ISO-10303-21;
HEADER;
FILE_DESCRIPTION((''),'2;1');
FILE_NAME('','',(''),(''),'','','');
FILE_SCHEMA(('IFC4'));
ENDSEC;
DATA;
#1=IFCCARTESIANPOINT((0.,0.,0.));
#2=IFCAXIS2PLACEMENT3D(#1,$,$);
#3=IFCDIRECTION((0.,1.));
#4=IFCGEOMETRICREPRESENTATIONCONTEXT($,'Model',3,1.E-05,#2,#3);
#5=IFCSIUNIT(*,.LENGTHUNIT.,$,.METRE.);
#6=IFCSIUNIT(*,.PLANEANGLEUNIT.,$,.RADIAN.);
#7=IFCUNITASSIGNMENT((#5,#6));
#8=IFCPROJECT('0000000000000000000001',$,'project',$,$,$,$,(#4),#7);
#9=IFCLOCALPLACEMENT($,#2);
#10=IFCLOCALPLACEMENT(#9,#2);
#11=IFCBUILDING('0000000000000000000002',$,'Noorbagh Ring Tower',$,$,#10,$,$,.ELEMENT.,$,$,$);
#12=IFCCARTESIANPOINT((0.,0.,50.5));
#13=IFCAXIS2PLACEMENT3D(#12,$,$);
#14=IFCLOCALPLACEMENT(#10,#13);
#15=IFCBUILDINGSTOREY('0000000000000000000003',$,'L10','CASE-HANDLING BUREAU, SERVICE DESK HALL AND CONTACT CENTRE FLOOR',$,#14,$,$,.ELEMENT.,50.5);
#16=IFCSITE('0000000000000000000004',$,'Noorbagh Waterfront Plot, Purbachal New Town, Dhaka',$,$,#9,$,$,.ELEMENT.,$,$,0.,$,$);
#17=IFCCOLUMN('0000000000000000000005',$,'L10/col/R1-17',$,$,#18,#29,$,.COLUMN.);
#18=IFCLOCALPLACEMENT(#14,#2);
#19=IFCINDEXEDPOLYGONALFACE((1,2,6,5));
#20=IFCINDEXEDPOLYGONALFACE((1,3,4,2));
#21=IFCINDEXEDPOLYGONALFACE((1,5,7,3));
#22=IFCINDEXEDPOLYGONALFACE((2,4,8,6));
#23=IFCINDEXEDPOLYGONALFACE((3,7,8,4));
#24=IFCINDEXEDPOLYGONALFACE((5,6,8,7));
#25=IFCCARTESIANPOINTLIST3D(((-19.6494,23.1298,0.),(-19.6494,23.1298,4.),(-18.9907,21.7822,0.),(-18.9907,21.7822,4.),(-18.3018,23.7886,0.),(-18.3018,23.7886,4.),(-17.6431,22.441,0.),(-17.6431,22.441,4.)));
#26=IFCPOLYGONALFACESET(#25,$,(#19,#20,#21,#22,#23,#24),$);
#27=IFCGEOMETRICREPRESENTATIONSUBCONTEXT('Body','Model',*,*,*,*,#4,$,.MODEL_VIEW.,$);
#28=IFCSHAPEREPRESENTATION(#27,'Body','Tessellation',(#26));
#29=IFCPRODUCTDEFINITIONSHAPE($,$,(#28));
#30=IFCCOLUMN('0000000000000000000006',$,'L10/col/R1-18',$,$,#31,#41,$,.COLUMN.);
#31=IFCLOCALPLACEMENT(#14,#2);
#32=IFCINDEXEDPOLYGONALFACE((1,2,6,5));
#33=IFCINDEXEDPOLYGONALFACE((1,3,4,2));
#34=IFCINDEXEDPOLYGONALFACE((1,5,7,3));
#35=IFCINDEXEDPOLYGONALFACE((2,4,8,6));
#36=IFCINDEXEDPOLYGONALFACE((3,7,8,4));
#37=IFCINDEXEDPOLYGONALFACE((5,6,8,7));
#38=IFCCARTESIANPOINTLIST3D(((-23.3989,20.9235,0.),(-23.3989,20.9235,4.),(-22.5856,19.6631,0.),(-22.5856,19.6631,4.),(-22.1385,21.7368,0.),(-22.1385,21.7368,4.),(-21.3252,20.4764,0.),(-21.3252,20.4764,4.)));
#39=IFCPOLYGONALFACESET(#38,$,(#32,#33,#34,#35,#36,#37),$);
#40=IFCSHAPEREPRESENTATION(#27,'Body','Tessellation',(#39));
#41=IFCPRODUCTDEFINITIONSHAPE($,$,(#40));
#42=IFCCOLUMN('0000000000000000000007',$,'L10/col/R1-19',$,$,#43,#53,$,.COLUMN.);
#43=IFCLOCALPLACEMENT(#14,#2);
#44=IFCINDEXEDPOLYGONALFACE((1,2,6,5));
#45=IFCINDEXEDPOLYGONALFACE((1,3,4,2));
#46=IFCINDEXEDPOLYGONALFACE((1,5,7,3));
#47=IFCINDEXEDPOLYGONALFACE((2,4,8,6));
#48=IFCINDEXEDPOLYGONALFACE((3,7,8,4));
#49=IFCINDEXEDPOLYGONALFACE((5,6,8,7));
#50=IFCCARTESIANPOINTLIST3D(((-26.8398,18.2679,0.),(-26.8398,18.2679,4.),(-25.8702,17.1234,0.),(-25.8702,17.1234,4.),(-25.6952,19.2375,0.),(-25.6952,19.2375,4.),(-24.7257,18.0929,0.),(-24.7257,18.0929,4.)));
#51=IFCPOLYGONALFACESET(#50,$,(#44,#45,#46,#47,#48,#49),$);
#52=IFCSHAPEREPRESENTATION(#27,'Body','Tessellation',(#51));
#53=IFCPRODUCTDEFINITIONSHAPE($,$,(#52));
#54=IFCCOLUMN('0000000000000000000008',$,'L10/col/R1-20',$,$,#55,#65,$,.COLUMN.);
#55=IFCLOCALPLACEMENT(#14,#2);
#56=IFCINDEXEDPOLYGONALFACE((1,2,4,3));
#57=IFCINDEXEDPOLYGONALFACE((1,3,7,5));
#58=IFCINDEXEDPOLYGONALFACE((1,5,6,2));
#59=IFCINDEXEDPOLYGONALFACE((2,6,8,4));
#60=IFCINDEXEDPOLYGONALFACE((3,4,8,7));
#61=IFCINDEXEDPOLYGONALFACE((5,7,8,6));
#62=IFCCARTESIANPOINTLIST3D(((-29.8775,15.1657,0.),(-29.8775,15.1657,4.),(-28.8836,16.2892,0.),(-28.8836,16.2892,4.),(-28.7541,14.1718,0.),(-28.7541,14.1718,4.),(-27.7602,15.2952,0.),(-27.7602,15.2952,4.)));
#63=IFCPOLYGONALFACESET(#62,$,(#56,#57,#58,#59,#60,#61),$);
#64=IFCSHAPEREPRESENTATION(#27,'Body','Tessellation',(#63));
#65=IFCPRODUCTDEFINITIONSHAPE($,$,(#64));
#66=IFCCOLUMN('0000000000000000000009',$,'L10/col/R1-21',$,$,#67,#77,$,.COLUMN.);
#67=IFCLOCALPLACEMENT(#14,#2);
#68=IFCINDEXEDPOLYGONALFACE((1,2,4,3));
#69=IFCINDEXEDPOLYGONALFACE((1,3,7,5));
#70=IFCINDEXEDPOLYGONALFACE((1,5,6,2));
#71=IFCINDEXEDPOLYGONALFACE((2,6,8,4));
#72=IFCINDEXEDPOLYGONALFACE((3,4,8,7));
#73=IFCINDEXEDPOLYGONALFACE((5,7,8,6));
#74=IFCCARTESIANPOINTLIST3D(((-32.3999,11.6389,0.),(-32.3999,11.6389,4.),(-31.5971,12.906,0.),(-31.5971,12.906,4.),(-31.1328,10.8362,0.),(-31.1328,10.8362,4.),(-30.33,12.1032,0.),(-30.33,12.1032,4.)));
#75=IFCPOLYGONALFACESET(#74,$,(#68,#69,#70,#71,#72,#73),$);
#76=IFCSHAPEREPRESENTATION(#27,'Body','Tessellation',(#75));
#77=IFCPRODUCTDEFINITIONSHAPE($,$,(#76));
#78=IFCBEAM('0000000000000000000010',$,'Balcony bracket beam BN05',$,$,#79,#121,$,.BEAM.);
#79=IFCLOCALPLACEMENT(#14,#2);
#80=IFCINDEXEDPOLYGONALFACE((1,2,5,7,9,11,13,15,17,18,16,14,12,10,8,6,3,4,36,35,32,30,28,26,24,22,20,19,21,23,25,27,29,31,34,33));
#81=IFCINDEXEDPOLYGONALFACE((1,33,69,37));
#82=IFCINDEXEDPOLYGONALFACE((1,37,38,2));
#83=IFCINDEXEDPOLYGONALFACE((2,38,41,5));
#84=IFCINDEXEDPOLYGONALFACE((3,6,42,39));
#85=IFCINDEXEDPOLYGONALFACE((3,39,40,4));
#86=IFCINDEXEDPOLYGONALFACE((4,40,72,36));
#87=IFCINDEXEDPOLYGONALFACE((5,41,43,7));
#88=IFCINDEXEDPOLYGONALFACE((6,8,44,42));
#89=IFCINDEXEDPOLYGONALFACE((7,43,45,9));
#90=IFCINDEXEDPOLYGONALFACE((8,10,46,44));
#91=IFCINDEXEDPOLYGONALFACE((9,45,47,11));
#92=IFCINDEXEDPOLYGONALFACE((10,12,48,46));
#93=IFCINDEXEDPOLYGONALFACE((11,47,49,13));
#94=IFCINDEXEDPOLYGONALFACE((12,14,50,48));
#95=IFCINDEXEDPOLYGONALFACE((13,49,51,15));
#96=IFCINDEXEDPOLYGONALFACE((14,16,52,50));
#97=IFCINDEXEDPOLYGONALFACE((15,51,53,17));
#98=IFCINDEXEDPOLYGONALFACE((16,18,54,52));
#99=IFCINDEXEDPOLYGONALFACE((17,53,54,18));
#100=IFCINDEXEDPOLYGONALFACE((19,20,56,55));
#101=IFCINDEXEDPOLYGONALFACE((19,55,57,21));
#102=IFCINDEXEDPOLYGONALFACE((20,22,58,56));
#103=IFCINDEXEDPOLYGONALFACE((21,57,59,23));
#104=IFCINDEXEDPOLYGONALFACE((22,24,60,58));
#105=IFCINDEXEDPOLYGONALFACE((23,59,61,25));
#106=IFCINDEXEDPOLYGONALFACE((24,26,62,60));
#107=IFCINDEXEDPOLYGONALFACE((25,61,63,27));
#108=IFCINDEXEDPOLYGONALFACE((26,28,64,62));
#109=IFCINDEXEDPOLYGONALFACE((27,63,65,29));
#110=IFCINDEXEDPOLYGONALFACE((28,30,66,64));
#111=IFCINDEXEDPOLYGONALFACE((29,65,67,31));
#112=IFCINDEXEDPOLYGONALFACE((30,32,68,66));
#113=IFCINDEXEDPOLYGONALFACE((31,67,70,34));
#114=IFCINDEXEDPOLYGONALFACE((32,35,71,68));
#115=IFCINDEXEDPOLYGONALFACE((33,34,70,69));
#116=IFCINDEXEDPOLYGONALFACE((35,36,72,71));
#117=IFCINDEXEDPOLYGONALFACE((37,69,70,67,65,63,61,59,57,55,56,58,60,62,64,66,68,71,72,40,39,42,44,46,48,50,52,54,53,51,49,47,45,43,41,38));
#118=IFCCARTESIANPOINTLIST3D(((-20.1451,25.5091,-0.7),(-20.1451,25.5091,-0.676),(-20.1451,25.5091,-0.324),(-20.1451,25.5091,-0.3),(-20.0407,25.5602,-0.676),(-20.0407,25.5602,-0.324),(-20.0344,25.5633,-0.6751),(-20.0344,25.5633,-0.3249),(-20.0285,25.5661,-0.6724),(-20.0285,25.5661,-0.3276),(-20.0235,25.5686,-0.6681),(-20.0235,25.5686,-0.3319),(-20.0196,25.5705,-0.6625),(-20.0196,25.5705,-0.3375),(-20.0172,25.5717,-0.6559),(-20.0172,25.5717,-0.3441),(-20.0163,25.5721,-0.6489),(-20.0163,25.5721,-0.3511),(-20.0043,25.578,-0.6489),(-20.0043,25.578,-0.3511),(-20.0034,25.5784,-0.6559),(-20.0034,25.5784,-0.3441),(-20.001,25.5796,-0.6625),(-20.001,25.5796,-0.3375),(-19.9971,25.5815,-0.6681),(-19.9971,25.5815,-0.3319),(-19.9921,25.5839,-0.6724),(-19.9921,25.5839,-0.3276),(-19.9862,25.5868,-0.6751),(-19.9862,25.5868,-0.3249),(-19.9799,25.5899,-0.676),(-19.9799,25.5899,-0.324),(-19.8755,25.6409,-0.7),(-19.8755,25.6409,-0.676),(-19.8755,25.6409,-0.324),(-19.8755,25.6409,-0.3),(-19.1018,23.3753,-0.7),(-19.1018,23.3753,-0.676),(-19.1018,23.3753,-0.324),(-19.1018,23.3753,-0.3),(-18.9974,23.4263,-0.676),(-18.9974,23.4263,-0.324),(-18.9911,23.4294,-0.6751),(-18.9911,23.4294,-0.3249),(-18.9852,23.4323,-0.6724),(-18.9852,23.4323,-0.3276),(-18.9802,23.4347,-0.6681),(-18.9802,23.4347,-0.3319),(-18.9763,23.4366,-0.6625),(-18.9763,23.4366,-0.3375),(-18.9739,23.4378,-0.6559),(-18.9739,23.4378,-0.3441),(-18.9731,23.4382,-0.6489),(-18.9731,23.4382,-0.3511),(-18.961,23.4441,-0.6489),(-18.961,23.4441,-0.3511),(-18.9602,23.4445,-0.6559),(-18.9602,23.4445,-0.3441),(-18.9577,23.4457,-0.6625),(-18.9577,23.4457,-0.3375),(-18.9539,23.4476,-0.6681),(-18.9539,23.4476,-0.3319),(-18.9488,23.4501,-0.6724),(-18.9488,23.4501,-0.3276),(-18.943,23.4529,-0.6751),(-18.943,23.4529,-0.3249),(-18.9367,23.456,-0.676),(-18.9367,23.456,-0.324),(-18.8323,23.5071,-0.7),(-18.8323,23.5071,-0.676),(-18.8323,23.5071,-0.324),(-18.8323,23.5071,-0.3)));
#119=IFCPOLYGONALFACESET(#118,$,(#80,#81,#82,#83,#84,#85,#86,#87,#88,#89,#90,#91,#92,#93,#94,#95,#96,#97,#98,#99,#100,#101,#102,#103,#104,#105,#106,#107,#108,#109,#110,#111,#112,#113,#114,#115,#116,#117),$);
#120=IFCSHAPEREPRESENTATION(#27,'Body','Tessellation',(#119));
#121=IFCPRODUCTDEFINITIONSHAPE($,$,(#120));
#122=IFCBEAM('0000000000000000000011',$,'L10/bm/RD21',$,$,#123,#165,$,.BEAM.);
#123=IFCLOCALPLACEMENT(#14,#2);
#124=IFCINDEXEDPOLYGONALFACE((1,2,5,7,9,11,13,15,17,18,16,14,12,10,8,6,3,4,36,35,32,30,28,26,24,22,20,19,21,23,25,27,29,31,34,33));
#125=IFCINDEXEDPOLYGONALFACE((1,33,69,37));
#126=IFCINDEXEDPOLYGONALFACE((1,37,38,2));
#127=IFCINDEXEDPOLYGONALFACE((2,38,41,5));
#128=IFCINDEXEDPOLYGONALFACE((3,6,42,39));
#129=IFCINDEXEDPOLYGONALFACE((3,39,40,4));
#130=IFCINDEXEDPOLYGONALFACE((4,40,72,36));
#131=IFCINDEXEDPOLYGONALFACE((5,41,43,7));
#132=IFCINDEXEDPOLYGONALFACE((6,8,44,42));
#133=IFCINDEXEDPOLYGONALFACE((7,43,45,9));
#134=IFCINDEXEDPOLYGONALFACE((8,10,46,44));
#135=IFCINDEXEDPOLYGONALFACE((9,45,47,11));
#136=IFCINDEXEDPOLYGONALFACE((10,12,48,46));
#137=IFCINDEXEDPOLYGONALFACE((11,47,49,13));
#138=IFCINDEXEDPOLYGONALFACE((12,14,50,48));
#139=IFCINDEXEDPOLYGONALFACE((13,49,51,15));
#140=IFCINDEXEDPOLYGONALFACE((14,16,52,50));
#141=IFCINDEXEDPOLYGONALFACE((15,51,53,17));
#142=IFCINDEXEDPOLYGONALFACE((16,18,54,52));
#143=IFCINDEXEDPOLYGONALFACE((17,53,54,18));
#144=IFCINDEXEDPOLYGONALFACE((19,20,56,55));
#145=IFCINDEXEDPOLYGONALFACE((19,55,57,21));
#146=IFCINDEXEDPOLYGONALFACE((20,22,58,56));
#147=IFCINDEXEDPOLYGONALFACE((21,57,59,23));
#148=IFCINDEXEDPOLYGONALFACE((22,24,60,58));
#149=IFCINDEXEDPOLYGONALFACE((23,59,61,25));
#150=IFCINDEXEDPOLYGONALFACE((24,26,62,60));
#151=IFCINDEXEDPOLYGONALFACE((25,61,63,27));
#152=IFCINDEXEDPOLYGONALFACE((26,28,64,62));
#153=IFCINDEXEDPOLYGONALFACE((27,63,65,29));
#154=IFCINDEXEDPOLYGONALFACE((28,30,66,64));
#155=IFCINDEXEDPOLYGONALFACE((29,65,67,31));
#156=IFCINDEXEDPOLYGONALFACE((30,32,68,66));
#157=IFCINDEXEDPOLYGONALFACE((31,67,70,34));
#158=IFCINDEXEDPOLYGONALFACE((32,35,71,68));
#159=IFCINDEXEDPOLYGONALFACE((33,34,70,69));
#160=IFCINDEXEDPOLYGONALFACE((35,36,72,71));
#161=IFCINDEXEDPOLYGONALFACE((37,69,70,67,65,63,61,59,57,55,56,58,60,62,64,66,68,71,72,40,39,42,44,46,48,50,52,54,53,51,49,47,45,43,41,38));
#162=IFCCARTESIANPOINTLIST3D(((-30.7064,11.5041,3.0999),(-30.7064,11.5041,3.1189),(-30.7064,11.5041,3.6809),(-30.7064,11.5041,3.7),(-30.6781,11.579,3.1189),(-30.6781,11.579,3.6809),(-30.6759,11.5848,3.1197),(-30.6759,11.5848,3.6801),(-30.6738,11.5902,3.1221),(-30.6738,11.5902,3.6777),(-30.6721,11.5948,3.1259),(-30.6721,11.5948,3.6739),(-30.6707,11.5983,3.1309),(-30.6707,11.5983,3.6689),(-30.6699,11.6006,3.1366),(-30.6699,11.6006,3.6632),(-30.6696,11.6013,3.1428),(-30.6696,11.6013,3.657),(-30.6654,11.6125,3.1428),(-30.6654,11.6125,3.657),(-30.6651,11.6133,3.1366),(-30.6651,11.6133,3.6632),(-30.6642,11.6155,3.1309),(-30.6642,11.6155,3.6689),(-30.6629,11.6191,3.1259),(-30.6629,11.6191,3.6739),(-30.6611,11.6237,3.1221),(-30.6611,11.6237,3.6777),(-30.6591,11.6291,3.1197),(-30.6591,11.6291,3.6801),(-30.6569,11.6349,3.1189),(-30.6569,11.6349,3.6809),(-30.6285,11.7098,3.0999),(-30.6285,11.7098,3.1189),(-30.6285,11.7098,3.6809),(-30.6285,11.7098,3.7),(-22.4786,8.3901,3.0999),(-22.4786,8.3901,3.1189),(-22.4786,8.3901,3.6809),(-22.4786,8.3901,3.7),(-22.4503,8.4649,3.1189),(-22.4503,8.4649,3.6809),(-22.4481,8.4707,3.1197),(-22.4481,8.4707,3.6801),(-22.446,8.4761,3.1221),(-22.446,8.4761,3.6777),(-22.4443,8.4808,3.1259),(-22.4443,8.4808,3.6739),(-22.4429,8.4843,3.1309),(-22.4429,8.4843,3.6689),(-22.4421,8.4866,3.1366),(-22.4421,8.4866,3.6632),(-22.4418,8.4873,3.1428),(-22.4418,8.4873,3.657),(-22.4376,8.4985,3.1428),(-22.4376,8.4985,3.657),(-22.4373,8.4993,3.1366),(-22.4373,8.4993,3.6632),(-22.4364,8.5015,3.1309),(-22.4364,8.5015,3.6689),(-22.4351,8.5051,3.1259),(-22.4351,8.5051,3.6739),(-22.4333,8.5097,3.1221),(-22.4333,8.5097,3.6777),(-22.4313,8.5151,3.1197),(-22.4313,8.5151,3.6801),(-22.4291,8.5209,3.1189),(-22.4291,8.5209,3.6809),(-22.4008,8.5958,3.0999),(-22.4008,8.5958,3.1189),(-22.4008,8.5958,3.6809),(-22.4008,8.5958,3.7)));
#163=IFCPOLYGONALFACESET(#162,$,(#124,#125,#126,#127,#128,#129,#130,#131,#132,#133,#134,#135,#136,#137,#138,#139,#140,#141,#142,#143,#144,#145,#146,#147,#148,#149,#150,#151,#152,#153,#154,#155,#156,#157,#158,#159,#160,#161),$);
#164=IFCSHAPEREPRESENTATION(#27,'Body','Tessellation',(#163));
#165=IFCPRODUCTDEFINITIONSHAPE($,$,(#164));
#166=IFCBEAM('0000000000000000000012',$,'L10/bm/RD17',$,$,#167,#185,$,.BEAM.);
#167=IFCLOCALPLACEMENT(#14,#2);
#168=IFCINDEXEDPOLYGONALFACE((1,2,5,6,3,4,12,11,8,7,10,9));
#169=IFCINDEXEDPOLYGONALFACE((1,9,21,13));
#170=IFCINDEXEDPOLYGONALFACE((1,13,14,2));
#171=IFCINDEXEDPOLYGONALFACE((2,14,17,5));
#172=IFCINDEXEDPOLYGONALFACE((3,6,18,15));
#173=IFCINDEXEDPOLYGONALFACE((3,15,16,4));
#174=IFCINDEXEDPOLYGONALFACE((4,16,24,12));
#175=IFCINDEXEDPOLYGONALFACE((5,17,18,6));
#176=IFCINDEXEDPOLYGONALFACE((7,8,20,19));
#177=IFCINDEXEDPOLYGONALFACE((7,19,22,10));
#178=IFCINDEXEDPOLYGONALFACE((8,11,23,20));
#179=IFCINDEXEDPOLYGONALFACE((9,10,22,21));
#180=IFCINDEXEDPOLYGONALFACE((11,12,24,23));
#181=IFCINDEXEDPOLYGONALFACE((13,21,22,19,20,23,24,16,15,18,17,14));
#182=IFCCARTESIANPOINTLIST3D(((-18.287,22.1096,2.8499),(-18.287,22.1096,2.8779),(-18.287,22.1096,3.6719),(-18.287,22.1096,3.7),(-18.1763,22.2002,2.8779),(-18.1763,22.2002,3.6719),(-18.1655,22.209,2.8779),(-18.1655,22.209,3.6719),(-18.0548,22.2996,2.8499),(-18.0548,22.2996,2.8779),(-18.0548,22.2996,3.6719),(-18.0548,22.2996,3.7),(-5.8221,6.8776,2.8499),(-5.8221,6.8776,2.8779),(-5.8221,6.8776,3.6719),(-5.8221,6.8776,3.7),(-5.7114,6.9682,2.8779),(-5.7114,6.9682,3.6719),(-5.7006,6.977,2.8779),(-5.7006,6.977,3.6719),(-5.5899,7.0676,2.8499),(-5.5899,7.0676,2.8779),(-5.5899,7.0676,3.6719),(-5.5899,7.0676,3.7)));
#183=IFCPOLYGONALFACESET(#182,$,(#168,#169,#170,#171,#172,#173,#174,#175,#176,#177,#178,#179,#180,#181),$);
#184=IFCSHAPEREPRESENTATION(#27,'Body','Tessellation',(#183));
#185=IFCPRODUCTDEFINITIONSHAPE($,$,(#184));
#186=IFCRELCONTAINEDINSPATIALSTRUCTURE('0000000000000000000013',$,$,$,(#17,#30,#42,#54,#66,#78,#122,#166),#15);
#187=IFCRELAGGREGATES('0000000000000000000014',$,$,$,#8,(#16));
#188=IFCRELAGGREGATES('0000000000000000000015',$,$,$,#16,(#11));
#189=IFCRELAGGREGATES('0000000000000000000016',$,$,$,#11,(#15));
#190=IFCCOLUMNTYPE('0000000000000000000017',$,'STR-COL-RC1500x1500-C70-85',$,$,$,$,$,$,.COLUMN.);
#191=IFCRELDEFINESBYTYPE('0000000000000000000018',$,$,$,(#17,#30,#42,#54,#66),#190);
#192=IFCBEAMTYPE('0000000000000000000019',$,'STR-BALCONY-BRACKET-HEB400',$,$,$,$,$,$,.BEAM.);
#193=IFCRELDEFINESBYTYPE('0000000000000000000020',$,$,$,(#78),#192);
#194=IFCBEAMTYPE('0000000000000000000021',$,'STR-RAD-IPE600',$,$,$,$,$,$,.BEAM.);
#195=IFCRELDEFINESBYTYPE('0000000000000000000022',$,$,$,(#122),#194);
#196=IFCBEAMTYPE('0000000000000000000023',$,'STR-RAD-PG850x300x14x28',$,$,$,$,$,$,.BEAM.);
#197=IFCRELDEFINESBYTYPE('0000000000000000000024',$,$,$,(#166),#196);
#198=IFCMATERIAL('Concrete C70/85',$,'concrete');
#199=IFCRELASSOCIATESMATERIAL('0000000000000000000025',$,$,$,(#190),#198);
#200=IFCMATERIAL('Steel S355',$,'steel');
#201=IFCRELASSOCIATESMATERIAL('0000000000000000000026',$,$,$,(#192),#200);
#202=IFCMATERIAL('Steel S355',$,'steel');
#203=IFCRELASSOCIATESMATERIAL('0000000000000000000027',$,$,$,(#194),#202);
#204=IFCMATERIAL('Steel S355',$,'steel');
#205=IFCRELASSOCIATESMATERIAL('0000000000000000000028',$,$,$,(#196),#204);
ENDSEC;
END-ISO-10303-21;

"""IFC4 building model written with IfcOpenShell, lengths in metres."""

from ifc_helpers import new_model, si_unit, direction, frame, origin, origin_2d, place, context, subcontext, project, spatial, rectangle, i_section, extrude, material, material_profile, profile_set, type_object, element, save


model = new_model("IFC4")

# Units and contexts
model_context = context("Model", 3, precision=1e-05, world=origin(), true_north=direction((0.0, 1.0)))
body_context = subcontext(model_context, "Body", "Model", "MODEL_VIEW")
ifc_project = project(units=[si_unit("LENGTHUNIT", "METRE"), si_unit("PLANEANGLEUNIT", "RADIAN")], contexts=[model_context])

# Site, building, storey
site_placement = place(None, origin())
site = spatial("IfcSite", under=ifc_project, at=site_placement, Name="Noorbagh Waterfront Plot, Purbachal New Town, Dhaka", CompositionType="ELEMENT", RefElevation=0.0)
building_placement = place(site_placement, origin())
building = spatial("IfcBuilding", under=site, at=building_placement, Name="Noorbagh Ring Tower", CompositionType="ELEMENT")
storey_placement = place(building_placement, frame((0.0, 0.0, 50.5)))
storey = spatial("IfcBuildingStorey", under=building, at=storey_placement, Name="L10", Description="CASE-HANDLING BUREAU, SERVICE DESK HALL AND CONTACT CENTRE FLOOR", CompositionType="ELEMENT", Elevation=50.5)

# Columns
ifc_material_1 = material(Name="Concrete C70/85", Category="concrete")
ifc_material_profile_1 = material_profile(ifc_material_1, rectangle(XDim=1.5, YDim=1.5, at=origin_2d()), Name="RC1500x1500")
ifc_profile_set_1 = profile_set([ifc_material_profile_1], Name="Concrete C70/85")
column_type = type_object("IfcColumnType", Name="STR-COL-RC1500x1500-C70-85", PredefinedType="COLUMN", material=ifc_profile_set_1)
for number, where, z_axis, x_axis, name in (
    (1, (-18.6462, 22.7854, 0.0), (0.0, 0.0, 1.0), (-0.898399, -0.43918, 0.0), "L10/col/R1-17"),
    (2, (-22.3621, 20.7, 0.0), (0.0, 0.0, 1.0), (-0.840248, -0.542203, 0.0), "L10/col/R1-18"),
    (3, (-25.7827, 18.1804, 0.0), (0.0, 0.0, 1.0), (-0.763035, -0.646357, 0.0), "L10/col/R1-19"),
    (4, (-28.8188, 15.2305, 0.0), (0.0, 0.0, 1.0), (-0.662636, -0.748942, 0.0), "L10/col/R1-20"),
    (5, (-31.365, 11.8711, 0.0), (0.0, 0.0, 1.0), (-0.53519, -0.844731, 0.0), "L10/col/R1-21"),
):
    element("IfcColumn", number, at=place(storey_placement, frame(where, z_axis=z_axis, x_axis=x_axis)), inside=storey, type_object=column_type, Name=name, PredefinedType="COLUMN", context=body_context, shape_type="SweptSolid", body=[
        extrude(rectangle(XDim=1.5, YDim=1.5, at=origin_2d()), origin(), (0.0, 0.0, 1.0), 4.0),
    ])

# Beams
ifc_material_2 = material(Name="Steel S355", Category="steel")
ifc_material_profile_2 = material_profile(ifc_material_2, i_section(OverallWidth=0.3, OverallDepth=0.3999, WebThickness=0.0134, FlangeThickness=0.0239, FilletRadius=0.0271, at=origin_2d()), Name="HEB400")
ifc_profile_set_2 = profile_set([ifc_material_profile_2], Name="Steel S355")
beam_type_1 = type_object("IfcBeamType", Name="STR-BALCONY-BRACKET-HEB400", PredefinedType="BEAM", material=ifc_profile_set_2)
beam_1_placement = place(storey_placement, frame((-18.967, 23.4412, -0.5), z_axis=(-0.439219, 0.89838, 0.0), x_axis=(-0.89838, -0.439219, 0.0)))
element("IfcBeam", 6, at=beam_1_placement, inside=storey, type_object=beam_type_1, Name="Balcony bracket beam BN05", PredefinedType="BEAM", context=body_context, shape_type="SweptSolid", body=[
    extrude(i_section(OverallWidth=0.3, OverallDepth=0.3999, WebThickness=0.0134, FlangeThickness=0.0239, FilletRadius=0.0271, at=origin_2d()), origin(), (0.0, 0.0, 1.0), 2.3752),
])
ifc_material_3 = material(Name="Steel S355", Category="steel")
ifc_material_profile_3 = material_profile(ifc_material_3, i_section(OverallWidth=0.22, OverallDepth=0.6001, WebThickness=0.012, FlangeThickness=0.019, FilletRadius=0.0239, at=origin_2d()), Name="IPE600")
ifc_profile_set_3 = profile_set([ifc_material_profile_3], Name="Steel S355")
beam_type_2 = type_object("IfcBeamType", Name="STR-RAD-IPE600", PredefinedType="BEAM", material=ifc_profile_set_3)
beam_2_placement = place(storey_placement, frame((-30.6675, 11.6069, 3.3999), z_axis=(0.935256, -0.353971, 0.0), x_axis=(0.353971, 0.935256, 0.0)))
element("IfcBeam", 7, at=beam_2_placement, inside=storey, type_object=beam_type_2, Name="L10/bm/RD21", PredefinedType="BEAM", context=body_context, shape_type="SweptSolid", body=[
    extrude(i_section(OverallWidth=0.22, OverallDepth=0.6001, WebThickness=0.012, FlangeThickness=0.019, FilletRadius=0.0239, at=origin_2d()), origin(), (0.0, 0.0, 1.0), 8.7974),
])
ifc_material_4 = material(Name="Steel S355", Category="steel")
ifc_material_profile_4 = material_profile(ifc_material_4, i_section(OverallWidth=0.3, OverallDepth=0.8501, WebThickness=0.0139, FlangeThickness=0.0281, at=origin_2d()), Name="PG850x300x14x28")
ifc_profile_set_4 = profile_set([ifc_material_profile_4], Name="Steel S355")
beam_type_3 = type_object("IfcBeamType", Name="STR-RAD-PG850x300x14x28", PredefinedType="BEAM", material=ifc_profile_set_4)
beam_3_placement = place(storey_placement, frame((-18.1709, 22.2046, 3.2749), z_axis=(0.633309, -0.773899, 0.0), x_axis=(0.773899, 0.633309, 0.0)))
element("IfcBeam", 8, at=beam_3_placement, inside=storey, type_object=beam_type_3, Name="L10/bm/RD17", PredefinedType="BEAM", context=body_context, shape_type="SweptSolid", body=[
    extrude(i_section(OverallWidth=0.3, OverallDepth=0.8501, WebThickness=0.0139, FlangeThickness=0.0281, at=origin_2d()), origin(), (0.0, 0.0, 1.0), 19.6821),
])

save(model, "model.ifc")
